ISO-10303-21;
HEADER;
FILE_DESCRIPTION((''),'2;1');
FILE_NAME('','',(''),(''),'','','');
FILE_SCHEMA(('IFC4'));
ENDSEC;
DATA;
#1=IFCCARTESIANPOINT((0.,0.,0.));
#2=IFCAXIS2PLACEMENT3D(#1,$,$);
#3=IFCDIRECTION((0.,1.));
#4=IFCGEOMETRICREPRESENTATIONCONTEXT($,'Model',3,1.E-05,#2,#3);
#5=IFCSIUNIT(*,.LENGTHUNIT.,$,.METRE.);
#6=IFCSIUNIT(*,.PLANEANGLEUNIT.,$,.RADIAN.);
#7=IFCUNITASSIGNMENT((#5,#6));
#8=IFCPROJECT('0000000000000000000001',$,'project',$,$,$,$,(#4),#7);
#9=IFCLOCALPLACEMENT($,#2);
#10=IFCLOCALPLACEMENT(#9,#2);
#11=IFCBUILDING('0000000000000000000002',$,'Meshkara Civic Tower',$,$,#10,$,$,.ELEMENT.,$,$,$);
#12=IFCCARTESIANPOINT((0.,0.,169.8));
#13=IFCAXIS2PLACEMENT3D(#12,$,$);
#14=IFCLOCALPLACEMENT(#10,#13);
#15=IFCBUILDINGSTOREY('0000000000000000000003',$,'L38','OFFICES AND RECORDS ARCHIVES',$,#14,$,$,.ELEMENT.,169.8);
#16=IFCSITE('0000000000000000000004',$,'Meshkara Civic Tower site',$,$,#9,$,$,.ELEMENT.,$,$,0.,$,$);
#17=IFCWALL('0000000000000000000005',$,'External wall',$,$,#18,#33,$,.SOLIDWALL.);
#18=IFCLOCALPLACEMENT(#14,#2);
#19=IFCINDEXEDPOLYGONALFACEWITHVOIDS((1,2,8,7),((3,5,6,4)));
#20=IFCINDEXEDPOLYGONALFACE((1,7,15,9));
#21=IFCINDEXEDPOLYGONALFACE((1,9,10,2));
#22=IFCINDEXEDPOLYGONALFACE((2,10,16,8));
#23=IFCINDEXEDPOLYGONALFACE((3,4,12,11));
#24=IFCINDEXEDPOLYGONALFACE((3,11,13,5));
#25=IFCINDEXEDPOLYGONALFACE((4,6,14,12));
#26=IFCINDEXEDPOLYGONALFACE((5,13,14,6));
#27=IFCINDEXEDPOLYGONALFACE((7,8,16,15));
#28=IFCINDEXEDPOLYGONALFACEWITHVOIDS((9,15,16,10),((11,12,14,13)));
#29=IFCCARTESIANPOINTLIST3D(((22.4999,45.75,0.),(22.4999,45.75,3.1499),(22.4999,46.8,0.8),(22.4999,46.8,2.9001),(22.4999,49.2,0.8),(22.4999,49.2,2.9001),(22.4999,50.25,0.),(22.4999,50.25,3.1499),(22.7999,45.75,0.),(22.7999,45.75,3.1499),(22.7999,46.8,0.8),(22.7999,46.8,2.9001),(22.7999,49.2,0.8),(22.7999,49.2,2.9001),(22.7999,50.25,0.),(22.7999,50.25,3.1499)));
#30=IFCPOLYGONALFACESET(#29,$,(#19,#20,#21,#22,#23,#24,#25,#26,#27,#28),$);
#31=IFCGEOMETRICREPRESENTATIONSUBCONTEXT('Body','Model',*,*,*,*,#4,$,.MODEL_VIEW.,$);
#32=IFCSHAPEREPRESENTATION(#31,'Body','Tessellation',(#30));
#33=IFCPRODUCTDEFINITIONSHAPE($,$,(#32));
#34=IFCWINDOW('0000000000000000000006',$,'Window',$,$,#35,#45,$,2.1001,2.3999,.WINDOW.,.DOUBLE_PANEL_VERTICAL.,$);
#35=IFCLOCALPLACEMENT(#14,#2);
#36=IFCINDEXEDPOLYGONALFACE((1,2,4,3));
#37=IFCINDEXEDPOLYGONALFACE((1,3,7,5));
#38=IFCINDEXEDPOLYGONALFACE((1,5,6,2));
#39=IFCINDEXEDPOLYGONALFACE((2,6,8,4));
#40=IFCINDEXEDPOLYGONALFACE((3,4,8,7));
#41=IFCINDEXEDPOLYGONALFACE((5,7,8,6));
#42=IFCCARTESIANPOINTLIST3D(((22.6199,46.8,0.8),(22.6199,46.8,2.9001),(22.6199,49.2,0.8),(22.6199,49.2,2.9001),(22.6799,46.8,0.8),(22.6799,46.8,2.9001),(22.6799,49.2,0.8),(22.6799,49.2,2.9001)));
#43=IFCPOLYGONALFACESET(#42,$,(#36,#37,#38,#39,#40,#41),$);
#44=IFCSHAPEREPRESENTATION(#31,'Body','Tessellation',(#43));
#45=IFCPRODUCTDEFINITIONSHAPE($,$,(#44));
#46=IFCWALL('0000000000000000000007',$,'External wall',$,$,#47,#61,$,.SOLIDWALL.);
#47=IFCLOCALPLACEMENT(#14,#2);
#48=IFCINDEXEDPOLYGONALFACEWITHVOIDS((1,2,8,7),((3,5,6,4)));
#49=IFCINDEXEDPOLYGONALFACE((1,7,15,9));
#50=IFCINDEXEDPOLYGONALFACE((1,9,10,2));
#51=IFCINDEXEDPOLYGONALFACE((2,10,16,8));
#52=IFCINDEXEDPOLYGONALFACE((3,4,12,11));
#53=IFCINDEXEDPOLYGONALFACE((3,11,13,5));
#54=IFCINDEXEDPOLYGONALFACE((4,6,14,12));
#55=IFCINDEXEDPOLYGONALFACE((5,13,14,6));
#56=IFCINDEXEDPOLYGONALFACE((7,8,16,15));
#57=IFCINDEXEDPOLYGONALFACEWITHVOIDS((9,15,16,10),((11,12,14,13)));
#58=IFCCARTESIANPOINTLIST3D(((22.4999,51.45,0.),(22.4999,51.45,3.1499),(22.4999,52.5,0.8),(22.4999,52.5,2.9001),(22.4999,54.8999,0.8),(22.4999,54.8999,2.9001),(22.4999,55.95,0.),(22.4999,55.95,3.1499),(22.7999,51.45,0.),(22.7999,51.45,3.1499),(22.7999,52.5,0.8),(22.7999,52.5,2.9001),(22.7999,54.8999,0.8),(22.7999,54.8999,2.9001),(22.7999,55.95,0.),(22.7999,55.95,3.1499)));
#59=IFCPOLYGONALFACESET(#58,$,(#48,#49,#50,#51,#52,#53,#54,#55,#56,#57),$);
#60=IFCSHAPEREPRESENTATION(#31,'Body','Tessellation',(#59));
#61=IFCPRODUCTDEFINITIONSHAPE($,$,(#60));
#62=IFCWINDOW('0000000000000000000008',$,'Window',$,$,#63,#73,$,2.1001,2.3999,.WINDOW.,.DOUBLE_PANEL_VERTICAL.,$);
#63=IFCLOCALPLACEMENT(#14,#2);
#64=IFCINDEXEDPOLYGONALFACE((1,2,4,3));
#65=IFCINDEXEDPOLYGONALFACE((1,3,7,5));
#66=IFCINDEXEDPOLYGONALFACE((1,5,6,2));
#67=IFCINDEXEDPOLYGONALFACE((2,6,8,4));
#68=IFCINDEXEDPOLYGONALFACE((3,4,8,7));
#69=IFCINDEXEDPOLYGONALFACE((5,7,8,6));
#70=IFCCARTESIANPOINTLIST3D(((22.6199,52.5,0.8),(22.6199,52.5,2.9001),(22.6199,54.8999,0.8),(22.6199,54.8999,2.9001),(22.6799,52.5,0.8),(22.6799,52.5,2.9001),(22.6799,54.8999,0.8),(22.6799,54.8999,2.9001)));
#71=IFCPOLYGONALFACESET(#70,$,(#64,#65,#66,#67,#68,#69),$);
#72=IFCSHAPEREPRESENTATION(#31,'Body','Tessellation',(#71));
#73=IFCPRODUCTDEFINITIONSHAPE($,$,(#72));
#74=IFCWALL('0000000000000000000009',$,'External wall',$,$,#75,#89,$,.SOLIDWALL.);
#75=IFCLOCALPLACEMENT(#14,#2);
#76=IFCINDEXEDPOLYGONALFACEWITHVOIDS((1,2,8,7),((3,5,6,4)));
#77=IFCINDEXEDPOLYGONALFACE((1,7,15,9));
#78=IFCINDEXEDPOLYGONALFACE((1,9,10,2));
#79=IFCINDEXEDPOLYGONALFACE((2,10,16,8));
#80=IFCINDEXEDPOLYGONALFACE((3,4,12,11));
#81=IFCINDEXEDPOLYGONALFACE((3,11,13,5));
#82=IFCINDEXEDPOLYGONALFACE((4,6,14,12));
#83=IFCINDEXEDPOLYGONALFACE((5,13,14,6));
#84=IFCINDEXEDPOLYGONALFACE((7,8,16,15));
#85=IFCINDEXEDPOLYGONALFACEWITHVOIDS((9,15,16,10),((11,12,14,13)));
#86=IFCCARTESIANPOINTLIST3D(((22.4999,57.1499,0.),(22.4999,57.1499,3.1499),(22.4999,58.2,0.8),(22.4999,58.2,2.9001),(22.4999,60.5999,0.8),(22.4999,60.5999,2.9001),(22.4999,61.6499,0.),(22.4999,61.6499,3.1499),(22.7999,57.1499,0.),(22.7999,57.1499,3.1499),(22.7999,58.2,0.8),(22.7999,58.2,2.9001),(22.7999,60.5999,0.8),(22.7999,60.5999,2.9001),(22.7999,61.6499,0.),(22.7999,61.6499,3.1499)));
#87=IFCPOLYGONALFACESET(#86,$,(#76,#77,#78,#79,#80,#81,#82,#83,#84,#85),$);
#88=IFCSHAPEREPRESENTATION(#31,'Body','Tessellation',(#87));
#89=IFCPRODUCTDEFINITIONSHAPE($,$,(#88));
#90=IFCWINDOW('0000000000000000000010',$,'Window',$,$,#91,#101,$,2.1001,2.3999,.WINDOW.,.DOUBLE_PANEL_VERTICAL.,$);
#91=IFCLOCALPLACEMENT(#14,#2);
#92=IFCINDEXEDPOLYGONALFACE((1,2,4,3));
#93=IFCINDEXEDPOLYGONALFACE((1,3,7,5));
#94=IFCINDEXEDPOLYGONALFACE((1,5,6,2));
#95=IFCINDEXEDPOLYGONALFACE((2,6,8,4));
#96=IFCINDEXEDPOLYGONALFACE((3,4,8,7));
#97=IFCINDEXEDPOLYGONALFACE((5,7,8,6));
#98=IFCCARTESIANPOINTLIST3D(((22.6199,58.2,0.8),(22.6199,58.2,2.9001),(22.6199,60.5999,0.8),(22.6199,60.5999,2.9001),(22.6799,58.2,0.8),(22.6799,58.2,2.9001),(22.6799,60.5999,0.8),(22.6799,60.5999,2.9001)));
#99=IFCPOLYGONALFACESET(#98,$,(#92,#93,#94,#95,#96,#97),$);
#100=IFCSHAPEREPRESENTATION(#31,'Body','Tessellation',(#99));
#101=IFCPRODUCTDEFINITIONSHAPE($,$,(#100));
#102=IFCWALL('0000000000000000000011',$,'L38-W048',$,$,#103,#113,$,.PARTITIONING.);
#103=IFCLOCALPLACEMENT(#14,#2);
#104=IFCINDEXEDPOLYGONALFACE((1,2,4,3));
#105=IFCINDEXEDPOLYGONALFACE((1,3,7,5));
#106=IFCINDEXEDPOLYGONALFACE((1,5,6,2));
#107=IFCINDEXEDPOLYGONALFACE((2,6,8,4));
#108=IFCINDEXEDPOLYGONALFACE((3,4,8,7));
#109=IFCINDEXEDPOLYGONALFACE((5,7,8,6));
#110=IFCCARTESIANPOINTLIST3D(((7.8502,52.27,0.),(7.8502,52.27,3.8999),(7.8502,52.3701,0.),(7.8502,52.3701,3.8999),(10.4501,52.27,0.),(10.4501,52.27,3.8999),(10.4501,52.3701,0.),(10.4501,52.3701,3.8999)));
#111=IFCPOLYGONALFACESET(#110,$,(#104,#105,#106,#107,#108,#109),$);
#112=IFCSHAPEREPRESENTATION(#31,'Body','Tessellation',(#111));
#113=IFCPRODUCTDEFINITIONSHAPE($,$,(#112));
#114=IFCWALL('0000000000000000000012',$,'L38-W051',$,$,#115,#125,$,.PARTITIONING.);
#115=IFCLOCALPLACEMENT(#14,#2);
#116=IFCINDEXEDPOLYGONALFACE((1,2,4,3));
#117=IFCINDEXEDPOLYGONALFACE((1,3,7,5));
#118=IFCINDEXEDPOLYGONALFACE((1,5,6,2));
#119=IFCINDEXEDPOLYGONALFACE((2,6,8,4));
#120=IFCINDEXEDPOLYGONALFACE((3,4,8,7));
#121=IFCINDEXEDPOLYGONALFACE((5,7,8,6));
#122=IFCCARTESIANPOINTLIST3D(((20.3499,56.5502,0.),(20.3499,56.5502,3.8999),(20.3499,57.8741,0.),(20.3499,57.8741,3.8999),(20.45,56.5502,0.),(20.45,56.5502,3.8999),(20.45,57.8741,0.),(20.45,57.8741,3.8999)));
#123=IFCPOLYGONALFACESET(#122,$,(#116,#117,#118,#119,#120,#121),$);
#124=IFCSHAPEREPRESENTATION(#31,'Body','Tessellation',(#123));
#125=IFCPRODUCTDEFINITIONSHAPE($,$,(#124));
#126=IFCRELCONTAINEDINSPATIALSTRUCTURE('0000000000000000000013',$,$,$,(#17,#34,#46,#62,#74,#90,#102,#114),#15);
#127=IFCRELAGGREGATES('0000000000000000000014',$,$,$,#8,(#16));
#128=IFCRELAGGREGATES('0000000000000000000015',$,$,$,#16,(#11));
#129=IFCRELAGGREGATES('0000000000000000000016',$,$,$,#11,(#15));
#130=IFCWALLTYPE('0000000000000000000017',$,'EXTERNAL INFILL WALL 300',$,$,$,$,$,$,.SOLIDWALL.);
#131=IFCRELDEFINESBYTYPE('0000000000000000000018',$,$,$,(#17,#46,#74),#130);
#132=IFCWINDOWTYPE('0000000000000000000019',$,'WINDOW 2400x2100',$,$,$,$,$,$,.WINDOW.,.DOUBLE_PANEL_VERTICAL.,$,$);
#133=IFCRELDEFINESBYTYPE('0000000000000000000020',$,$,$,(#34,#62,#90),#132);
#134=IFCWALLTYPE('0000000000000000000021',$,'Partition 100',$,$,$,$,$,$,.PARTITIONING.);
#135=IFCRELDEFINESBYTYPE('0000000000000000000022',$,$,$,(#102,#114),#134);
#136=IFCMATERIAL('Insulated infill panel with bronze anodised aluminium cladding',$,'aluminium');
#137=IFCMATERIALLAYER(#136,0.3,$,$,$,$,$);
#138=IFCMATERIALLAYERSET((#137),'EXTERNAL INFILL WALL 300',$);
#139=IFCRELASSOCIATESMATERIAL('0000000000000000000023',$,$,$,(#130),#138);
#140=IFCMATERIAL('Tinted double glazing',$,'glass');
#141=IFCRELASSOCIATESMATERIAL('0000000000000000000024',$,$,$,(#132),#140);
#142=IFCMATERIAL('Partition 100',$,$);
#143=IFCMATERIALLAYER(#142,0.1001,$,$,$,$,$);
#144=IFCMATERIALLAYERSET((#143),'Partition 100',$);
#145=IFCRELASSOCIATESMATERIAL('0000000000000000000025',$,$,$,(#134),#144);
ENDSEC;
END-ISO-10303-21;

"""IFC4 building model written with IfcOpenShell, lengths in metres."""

from ifc_helpers import new_model, si_unit, direction, frame, frame_2d, origin, place, context, subcontext, project, spatial, rectangle, extrude, material, layer, layer_set, type_object, element, fill, save


model = new_model("IFC4")

# Units and contexts
model_context = context("Model", 3, precision=1e-05, world=origin(), true_north=direction((0.0, 1.0)))
body_context = subcontext(model_context, "Body", "Model", "MODEL_VIEW")
ifc_project = project(units=[si_unit("LENGTHUNIT", "METRE"), si_unit("PLANEANGLEUNIT", "RADIAN")], contexts=[model_context])

# Site, building, storey
site_placement = place(None, origin())
site = spatial("IfcSite", under=ifc_project, at=site_placement, Name="Meshkara Civic Tower site", CompositionType="ELEMENT", RefElevation=0.0)
building_placement = place(site_placement, origin())
building = spatial("IfcBuilding", under=site, at=building_placement, Name="Meshkara Civic Tower", CompositionType="ELEMENT")
storey_placement = place(building_placement, frame((0.0, 0.0, 169.8)))
storey = spatial("IfcBuildingStorey", under=building, at=storey_placement, Name="L38", Description="OFFICES AND RECORDS ARCHIVES", CompositionType="ELEMENT", Elevation=169.8)

# Walls, openings, windows
ifc_material_1 = material(Name="Insulated infill panel with bronze anodised aluminium cladding", Category="aluminium")
ifc_layer_1 = layer(ifc_material_1, 0.3)
ifc_layer_set_1 = layer_set([ifc_layer_1], Name="EXTERNAL INFILL WALL 300")
wall_type_1 = type_object("IfcWallType", Name="EXTERNAL INFILL WALL 300", PredefinedType="SOLIDWALL", material=ifc_layer_set_1)
wall_1_placement = place(storey_placement, frame((22.6499, 45.75, 0.0), z_axis=(0.0, 0.0, 1.0), x_axis=(0.0, 1.0, 0.0)))
wall_1 = element("IfcWall", 1, at=wall_1_placement, inside=storey, type_object=wall_type_1, Name="External wall", PredefinedType="SOLIDWALL", context=body_context, shape_type="SweptSolid", body=[
    extrude(rectangle(XDim=4.5, YDim=0.3, at=frame_2d((2.25, 0.0))), origin(), (0.0, 0.0, 1.0), 3.1499),
])
opening_1_placement = place(wall_1_placement, frame((1.05, 0.0, 0.8)))
opening_1 = element("IfcOpeningElement", 2, at=opening_1_placement, cuts=wall_1, PredefinedType="OPENING", context=body_context, shape_type="SweptSolid", body=[
    extrude(rectangle(XDim=2.3999, YDim=2.1001, at=frame_2d((1.2, 1.05))), frame((0.0, 0.1599, 0.0), z_axis=(0.0, -1.0, 0.0), x_axis=(1.0, 0.0, 0.0)), (0.0, 0.0, 1.0), 0.3201),
])
ifc_material_2 = material(Name="Tinted double glazing", Category="glass")
window_type = type_object("IfcWindowType", Name="WINDOW 2400x2100", PartitioningType="DOUBLE_PANEL_VERTICAL", PredefinedType="WINDOW", material=ifc_material_2)
window_1_placement = place(opening_1_placement, origin())
window_1 = element("IfcWindow", 3, at=window_1_placement, inside=storey, type_object=window_type, Name="Window", OverallHeight=2.1001, OverallWidth=2.3999, PartitioningType="DOUBLE_PANEL_VERTICAL", PredefinedType="WINDOW", context=body_context, shape_type="SweptSolid", body=[
    extrude(rectangle(XDim=2.3999, YDim=2.1001, at=frame_2d((1.2, 1.05))), frame((0.0, 0.03, 0.0), z_axis=(0.0, -1.0, 0.0), x_axis=(1.0, 0.0, 0.0)), (0.0, 0.0, 1.0), 0.0601),
])
fill(opening_1, window_1)
wall_2_placement = place(storey_placement, frame((22.6499, 51.45, 0.0), z_axis=(0.0, 0.0, 1.0), x_axis=(0.0, 1.0, 0.0)))
wall_2 = element("IfcWall", 4, at=wall_2_placement, inside=storey, type_object=wall_type_1, Name="External wall", PredefinedType="SOLIDWALL", context=body_context, shape_type="SweptSolid", body=[
    extrude(rectangle(XDim=4.5, YDim=0.3, at=frame_2d((2.25, 0.0))), origin(), (0.0, 0.0, 1.0), 3.1499),
])
opening_2_placement = place(wall_2_placement, frame((1.05, 0.0, 0.8)))
opening_2 = element("IfcOpeningElement", 5, at=opening_2_placement, cuts=wall_2, PredefinedType="OPENING", context=body_context, shape_type="SweptSolid", body=[
    extrude(rectangle(XDim=2.3999, YDim=2.1001, at=frame_2d((1.2, 1.05))), frame((0.0, 0.1599, 0.0), z_axis=(0.0, -1.0, 0.0), x_axis=(1.0, 0.0, 0.0)), (0.0, 0.0, 1.0), 0.3201),
])
window_2_placement = place(opening_2_placement, origin())
window_2 = element("IfcWindow", 6, at=window_2_placement, inside=storey, type_object=window_type, Name="Window", OverallHeight=2.1001, OverallWidth=2.3999, PartitioningType="DOUBLE_PANEL_VERTICAL", PredefinedType="WINDOW", context=body_context, shape_type="SweptSolid", body=[
    extrude(rectangle(XDim=2.3999, YDim=2.1001, at=frame_2d((1.2, 1.05))), frame((0.0, 0.03, 0.0), z_axis=(0.0, -1.0, 0.0), x_axis=(1.0, 0.0, 0.0)), (0.0, 0.0, 1.0), 0.0601),
])
fill(opening_2, window_2)
wall_3_placement = place(storey_placement, frame((22.6499, 57.1499, 0.0), z_axis=(0.0, 0.0, 1.0), x_axis=(0.0, 1.0, 0.0)))
wall_3 = element("IfcWall", 7, at=wall_3_placement, inside=storey, type_object=wall_type_1, Name="External wall", PredefinedType="SOLIDWALL", context=body_context, shape_type="SweptSolid", body=[
    extrude(rectangle(XDim=4.5, YDim=0.3, at=frame_2d((2.25, 0.0))), origin(), (0.0, 0.0, 1.0), 3.1499),
])
opening_3_placement = place(wall_3_placement, frame((1.05, 0.0, 0.8)))
opening_3 = element("IfcOpeningElement", 8, at=opening_3_placement, cuts=wall_3, PredefinedType="OPENING", context=body_context, shape_type="SweptSolid", body=[
    extrude(rectangle(XDim=2.3999, YDim=2.1001, at=frame_2d((1.2, 1.05))), frame((0.0, 0.1599, 0.0), z_axis=(0.0, -1.0, 0.0), x_axis=(1.0, 0.0, 0.0)), (0.0, 0.0, 1.0), 0.3201),
])
window_3_placement = place(opening_3_placement, origin())
window_3 = element("IfcWindow", 9, at=window_3_placement, inside=storey, type_object=window_type, Name="Window", OverallHeight=2.1001, OverallWidth=2.3999, PartitioningType="DOUBLE_PANEL_VERTICAL", PredefinedType="WINDOW", context=body_context, shape_type="SweptSolid", body=[
    extrude(rectangle(XDim=2.3999, YDim=2.1001, at=frame_2d((1.2, 1.05))), frame((0.0, 0.03, 0.0), z_axis=(0.0, -1.0, 0.0), x_axis=(1.0, 0.0, 0.0)), (0.0, 0.0, 1.0), 0.0601),
])
fill(opening_3, window_3)

# Walls
ifc_material_3 = material(Name="Partition 100")
ifc_layer_2 = layer(ifc_material_3, 0.1001)
ifc_layer_set_2 = layer_set([ifc_layer_2], Name="Partition 100")
wall_type_2 = type_object("IfcWallType", Name="Partition 100", PredefinedType="PARTITIONING", material=ifc_layer_set_2)
wall_4_placement = place(storey_placement, frame((10.45, 52.3201, 0.0), z_axis=(0.0, 0.0, 1.0), x_axis=(-1.0, 0.0, 0.0)))
element("IfcWall", 10, at=wall_4_placement, inside=storey, type_object=wall_type_2, Name="L38-W048", PredefinedType="PARTITIONING", context=body_context, shape_type="SweptSolid", body=[
    extrude(rectangle(XDim=2.5999, YDim=0.1001, at=frame_2d((1.2998, 0.0))), origin(), (0.0, 0.0, 1.0), 3.8999),
])
wall_5_placement = place(storey_placement, frame((20.3999, 56.55, 0.0), z_axis=(0.0, 0.0, 1.0), x_axis=(0.0, 1.0, 0.0)))
element("IfcWall", 11, at=wall_5_placement, inside=storey, type_object=wall_type_2, Name="L38-W051", PredefinedType="PARTITIONING", context=body_context, shape_type="SweptSolid", body=[
    extrude(rectangle(XDim=1.324, YDim=0.1001, at=frame_2d((0.6621, 0.0))), origin(), (0.0, 0.0, 1.0), 3.8999),
])

save(model, "model.ifc")
